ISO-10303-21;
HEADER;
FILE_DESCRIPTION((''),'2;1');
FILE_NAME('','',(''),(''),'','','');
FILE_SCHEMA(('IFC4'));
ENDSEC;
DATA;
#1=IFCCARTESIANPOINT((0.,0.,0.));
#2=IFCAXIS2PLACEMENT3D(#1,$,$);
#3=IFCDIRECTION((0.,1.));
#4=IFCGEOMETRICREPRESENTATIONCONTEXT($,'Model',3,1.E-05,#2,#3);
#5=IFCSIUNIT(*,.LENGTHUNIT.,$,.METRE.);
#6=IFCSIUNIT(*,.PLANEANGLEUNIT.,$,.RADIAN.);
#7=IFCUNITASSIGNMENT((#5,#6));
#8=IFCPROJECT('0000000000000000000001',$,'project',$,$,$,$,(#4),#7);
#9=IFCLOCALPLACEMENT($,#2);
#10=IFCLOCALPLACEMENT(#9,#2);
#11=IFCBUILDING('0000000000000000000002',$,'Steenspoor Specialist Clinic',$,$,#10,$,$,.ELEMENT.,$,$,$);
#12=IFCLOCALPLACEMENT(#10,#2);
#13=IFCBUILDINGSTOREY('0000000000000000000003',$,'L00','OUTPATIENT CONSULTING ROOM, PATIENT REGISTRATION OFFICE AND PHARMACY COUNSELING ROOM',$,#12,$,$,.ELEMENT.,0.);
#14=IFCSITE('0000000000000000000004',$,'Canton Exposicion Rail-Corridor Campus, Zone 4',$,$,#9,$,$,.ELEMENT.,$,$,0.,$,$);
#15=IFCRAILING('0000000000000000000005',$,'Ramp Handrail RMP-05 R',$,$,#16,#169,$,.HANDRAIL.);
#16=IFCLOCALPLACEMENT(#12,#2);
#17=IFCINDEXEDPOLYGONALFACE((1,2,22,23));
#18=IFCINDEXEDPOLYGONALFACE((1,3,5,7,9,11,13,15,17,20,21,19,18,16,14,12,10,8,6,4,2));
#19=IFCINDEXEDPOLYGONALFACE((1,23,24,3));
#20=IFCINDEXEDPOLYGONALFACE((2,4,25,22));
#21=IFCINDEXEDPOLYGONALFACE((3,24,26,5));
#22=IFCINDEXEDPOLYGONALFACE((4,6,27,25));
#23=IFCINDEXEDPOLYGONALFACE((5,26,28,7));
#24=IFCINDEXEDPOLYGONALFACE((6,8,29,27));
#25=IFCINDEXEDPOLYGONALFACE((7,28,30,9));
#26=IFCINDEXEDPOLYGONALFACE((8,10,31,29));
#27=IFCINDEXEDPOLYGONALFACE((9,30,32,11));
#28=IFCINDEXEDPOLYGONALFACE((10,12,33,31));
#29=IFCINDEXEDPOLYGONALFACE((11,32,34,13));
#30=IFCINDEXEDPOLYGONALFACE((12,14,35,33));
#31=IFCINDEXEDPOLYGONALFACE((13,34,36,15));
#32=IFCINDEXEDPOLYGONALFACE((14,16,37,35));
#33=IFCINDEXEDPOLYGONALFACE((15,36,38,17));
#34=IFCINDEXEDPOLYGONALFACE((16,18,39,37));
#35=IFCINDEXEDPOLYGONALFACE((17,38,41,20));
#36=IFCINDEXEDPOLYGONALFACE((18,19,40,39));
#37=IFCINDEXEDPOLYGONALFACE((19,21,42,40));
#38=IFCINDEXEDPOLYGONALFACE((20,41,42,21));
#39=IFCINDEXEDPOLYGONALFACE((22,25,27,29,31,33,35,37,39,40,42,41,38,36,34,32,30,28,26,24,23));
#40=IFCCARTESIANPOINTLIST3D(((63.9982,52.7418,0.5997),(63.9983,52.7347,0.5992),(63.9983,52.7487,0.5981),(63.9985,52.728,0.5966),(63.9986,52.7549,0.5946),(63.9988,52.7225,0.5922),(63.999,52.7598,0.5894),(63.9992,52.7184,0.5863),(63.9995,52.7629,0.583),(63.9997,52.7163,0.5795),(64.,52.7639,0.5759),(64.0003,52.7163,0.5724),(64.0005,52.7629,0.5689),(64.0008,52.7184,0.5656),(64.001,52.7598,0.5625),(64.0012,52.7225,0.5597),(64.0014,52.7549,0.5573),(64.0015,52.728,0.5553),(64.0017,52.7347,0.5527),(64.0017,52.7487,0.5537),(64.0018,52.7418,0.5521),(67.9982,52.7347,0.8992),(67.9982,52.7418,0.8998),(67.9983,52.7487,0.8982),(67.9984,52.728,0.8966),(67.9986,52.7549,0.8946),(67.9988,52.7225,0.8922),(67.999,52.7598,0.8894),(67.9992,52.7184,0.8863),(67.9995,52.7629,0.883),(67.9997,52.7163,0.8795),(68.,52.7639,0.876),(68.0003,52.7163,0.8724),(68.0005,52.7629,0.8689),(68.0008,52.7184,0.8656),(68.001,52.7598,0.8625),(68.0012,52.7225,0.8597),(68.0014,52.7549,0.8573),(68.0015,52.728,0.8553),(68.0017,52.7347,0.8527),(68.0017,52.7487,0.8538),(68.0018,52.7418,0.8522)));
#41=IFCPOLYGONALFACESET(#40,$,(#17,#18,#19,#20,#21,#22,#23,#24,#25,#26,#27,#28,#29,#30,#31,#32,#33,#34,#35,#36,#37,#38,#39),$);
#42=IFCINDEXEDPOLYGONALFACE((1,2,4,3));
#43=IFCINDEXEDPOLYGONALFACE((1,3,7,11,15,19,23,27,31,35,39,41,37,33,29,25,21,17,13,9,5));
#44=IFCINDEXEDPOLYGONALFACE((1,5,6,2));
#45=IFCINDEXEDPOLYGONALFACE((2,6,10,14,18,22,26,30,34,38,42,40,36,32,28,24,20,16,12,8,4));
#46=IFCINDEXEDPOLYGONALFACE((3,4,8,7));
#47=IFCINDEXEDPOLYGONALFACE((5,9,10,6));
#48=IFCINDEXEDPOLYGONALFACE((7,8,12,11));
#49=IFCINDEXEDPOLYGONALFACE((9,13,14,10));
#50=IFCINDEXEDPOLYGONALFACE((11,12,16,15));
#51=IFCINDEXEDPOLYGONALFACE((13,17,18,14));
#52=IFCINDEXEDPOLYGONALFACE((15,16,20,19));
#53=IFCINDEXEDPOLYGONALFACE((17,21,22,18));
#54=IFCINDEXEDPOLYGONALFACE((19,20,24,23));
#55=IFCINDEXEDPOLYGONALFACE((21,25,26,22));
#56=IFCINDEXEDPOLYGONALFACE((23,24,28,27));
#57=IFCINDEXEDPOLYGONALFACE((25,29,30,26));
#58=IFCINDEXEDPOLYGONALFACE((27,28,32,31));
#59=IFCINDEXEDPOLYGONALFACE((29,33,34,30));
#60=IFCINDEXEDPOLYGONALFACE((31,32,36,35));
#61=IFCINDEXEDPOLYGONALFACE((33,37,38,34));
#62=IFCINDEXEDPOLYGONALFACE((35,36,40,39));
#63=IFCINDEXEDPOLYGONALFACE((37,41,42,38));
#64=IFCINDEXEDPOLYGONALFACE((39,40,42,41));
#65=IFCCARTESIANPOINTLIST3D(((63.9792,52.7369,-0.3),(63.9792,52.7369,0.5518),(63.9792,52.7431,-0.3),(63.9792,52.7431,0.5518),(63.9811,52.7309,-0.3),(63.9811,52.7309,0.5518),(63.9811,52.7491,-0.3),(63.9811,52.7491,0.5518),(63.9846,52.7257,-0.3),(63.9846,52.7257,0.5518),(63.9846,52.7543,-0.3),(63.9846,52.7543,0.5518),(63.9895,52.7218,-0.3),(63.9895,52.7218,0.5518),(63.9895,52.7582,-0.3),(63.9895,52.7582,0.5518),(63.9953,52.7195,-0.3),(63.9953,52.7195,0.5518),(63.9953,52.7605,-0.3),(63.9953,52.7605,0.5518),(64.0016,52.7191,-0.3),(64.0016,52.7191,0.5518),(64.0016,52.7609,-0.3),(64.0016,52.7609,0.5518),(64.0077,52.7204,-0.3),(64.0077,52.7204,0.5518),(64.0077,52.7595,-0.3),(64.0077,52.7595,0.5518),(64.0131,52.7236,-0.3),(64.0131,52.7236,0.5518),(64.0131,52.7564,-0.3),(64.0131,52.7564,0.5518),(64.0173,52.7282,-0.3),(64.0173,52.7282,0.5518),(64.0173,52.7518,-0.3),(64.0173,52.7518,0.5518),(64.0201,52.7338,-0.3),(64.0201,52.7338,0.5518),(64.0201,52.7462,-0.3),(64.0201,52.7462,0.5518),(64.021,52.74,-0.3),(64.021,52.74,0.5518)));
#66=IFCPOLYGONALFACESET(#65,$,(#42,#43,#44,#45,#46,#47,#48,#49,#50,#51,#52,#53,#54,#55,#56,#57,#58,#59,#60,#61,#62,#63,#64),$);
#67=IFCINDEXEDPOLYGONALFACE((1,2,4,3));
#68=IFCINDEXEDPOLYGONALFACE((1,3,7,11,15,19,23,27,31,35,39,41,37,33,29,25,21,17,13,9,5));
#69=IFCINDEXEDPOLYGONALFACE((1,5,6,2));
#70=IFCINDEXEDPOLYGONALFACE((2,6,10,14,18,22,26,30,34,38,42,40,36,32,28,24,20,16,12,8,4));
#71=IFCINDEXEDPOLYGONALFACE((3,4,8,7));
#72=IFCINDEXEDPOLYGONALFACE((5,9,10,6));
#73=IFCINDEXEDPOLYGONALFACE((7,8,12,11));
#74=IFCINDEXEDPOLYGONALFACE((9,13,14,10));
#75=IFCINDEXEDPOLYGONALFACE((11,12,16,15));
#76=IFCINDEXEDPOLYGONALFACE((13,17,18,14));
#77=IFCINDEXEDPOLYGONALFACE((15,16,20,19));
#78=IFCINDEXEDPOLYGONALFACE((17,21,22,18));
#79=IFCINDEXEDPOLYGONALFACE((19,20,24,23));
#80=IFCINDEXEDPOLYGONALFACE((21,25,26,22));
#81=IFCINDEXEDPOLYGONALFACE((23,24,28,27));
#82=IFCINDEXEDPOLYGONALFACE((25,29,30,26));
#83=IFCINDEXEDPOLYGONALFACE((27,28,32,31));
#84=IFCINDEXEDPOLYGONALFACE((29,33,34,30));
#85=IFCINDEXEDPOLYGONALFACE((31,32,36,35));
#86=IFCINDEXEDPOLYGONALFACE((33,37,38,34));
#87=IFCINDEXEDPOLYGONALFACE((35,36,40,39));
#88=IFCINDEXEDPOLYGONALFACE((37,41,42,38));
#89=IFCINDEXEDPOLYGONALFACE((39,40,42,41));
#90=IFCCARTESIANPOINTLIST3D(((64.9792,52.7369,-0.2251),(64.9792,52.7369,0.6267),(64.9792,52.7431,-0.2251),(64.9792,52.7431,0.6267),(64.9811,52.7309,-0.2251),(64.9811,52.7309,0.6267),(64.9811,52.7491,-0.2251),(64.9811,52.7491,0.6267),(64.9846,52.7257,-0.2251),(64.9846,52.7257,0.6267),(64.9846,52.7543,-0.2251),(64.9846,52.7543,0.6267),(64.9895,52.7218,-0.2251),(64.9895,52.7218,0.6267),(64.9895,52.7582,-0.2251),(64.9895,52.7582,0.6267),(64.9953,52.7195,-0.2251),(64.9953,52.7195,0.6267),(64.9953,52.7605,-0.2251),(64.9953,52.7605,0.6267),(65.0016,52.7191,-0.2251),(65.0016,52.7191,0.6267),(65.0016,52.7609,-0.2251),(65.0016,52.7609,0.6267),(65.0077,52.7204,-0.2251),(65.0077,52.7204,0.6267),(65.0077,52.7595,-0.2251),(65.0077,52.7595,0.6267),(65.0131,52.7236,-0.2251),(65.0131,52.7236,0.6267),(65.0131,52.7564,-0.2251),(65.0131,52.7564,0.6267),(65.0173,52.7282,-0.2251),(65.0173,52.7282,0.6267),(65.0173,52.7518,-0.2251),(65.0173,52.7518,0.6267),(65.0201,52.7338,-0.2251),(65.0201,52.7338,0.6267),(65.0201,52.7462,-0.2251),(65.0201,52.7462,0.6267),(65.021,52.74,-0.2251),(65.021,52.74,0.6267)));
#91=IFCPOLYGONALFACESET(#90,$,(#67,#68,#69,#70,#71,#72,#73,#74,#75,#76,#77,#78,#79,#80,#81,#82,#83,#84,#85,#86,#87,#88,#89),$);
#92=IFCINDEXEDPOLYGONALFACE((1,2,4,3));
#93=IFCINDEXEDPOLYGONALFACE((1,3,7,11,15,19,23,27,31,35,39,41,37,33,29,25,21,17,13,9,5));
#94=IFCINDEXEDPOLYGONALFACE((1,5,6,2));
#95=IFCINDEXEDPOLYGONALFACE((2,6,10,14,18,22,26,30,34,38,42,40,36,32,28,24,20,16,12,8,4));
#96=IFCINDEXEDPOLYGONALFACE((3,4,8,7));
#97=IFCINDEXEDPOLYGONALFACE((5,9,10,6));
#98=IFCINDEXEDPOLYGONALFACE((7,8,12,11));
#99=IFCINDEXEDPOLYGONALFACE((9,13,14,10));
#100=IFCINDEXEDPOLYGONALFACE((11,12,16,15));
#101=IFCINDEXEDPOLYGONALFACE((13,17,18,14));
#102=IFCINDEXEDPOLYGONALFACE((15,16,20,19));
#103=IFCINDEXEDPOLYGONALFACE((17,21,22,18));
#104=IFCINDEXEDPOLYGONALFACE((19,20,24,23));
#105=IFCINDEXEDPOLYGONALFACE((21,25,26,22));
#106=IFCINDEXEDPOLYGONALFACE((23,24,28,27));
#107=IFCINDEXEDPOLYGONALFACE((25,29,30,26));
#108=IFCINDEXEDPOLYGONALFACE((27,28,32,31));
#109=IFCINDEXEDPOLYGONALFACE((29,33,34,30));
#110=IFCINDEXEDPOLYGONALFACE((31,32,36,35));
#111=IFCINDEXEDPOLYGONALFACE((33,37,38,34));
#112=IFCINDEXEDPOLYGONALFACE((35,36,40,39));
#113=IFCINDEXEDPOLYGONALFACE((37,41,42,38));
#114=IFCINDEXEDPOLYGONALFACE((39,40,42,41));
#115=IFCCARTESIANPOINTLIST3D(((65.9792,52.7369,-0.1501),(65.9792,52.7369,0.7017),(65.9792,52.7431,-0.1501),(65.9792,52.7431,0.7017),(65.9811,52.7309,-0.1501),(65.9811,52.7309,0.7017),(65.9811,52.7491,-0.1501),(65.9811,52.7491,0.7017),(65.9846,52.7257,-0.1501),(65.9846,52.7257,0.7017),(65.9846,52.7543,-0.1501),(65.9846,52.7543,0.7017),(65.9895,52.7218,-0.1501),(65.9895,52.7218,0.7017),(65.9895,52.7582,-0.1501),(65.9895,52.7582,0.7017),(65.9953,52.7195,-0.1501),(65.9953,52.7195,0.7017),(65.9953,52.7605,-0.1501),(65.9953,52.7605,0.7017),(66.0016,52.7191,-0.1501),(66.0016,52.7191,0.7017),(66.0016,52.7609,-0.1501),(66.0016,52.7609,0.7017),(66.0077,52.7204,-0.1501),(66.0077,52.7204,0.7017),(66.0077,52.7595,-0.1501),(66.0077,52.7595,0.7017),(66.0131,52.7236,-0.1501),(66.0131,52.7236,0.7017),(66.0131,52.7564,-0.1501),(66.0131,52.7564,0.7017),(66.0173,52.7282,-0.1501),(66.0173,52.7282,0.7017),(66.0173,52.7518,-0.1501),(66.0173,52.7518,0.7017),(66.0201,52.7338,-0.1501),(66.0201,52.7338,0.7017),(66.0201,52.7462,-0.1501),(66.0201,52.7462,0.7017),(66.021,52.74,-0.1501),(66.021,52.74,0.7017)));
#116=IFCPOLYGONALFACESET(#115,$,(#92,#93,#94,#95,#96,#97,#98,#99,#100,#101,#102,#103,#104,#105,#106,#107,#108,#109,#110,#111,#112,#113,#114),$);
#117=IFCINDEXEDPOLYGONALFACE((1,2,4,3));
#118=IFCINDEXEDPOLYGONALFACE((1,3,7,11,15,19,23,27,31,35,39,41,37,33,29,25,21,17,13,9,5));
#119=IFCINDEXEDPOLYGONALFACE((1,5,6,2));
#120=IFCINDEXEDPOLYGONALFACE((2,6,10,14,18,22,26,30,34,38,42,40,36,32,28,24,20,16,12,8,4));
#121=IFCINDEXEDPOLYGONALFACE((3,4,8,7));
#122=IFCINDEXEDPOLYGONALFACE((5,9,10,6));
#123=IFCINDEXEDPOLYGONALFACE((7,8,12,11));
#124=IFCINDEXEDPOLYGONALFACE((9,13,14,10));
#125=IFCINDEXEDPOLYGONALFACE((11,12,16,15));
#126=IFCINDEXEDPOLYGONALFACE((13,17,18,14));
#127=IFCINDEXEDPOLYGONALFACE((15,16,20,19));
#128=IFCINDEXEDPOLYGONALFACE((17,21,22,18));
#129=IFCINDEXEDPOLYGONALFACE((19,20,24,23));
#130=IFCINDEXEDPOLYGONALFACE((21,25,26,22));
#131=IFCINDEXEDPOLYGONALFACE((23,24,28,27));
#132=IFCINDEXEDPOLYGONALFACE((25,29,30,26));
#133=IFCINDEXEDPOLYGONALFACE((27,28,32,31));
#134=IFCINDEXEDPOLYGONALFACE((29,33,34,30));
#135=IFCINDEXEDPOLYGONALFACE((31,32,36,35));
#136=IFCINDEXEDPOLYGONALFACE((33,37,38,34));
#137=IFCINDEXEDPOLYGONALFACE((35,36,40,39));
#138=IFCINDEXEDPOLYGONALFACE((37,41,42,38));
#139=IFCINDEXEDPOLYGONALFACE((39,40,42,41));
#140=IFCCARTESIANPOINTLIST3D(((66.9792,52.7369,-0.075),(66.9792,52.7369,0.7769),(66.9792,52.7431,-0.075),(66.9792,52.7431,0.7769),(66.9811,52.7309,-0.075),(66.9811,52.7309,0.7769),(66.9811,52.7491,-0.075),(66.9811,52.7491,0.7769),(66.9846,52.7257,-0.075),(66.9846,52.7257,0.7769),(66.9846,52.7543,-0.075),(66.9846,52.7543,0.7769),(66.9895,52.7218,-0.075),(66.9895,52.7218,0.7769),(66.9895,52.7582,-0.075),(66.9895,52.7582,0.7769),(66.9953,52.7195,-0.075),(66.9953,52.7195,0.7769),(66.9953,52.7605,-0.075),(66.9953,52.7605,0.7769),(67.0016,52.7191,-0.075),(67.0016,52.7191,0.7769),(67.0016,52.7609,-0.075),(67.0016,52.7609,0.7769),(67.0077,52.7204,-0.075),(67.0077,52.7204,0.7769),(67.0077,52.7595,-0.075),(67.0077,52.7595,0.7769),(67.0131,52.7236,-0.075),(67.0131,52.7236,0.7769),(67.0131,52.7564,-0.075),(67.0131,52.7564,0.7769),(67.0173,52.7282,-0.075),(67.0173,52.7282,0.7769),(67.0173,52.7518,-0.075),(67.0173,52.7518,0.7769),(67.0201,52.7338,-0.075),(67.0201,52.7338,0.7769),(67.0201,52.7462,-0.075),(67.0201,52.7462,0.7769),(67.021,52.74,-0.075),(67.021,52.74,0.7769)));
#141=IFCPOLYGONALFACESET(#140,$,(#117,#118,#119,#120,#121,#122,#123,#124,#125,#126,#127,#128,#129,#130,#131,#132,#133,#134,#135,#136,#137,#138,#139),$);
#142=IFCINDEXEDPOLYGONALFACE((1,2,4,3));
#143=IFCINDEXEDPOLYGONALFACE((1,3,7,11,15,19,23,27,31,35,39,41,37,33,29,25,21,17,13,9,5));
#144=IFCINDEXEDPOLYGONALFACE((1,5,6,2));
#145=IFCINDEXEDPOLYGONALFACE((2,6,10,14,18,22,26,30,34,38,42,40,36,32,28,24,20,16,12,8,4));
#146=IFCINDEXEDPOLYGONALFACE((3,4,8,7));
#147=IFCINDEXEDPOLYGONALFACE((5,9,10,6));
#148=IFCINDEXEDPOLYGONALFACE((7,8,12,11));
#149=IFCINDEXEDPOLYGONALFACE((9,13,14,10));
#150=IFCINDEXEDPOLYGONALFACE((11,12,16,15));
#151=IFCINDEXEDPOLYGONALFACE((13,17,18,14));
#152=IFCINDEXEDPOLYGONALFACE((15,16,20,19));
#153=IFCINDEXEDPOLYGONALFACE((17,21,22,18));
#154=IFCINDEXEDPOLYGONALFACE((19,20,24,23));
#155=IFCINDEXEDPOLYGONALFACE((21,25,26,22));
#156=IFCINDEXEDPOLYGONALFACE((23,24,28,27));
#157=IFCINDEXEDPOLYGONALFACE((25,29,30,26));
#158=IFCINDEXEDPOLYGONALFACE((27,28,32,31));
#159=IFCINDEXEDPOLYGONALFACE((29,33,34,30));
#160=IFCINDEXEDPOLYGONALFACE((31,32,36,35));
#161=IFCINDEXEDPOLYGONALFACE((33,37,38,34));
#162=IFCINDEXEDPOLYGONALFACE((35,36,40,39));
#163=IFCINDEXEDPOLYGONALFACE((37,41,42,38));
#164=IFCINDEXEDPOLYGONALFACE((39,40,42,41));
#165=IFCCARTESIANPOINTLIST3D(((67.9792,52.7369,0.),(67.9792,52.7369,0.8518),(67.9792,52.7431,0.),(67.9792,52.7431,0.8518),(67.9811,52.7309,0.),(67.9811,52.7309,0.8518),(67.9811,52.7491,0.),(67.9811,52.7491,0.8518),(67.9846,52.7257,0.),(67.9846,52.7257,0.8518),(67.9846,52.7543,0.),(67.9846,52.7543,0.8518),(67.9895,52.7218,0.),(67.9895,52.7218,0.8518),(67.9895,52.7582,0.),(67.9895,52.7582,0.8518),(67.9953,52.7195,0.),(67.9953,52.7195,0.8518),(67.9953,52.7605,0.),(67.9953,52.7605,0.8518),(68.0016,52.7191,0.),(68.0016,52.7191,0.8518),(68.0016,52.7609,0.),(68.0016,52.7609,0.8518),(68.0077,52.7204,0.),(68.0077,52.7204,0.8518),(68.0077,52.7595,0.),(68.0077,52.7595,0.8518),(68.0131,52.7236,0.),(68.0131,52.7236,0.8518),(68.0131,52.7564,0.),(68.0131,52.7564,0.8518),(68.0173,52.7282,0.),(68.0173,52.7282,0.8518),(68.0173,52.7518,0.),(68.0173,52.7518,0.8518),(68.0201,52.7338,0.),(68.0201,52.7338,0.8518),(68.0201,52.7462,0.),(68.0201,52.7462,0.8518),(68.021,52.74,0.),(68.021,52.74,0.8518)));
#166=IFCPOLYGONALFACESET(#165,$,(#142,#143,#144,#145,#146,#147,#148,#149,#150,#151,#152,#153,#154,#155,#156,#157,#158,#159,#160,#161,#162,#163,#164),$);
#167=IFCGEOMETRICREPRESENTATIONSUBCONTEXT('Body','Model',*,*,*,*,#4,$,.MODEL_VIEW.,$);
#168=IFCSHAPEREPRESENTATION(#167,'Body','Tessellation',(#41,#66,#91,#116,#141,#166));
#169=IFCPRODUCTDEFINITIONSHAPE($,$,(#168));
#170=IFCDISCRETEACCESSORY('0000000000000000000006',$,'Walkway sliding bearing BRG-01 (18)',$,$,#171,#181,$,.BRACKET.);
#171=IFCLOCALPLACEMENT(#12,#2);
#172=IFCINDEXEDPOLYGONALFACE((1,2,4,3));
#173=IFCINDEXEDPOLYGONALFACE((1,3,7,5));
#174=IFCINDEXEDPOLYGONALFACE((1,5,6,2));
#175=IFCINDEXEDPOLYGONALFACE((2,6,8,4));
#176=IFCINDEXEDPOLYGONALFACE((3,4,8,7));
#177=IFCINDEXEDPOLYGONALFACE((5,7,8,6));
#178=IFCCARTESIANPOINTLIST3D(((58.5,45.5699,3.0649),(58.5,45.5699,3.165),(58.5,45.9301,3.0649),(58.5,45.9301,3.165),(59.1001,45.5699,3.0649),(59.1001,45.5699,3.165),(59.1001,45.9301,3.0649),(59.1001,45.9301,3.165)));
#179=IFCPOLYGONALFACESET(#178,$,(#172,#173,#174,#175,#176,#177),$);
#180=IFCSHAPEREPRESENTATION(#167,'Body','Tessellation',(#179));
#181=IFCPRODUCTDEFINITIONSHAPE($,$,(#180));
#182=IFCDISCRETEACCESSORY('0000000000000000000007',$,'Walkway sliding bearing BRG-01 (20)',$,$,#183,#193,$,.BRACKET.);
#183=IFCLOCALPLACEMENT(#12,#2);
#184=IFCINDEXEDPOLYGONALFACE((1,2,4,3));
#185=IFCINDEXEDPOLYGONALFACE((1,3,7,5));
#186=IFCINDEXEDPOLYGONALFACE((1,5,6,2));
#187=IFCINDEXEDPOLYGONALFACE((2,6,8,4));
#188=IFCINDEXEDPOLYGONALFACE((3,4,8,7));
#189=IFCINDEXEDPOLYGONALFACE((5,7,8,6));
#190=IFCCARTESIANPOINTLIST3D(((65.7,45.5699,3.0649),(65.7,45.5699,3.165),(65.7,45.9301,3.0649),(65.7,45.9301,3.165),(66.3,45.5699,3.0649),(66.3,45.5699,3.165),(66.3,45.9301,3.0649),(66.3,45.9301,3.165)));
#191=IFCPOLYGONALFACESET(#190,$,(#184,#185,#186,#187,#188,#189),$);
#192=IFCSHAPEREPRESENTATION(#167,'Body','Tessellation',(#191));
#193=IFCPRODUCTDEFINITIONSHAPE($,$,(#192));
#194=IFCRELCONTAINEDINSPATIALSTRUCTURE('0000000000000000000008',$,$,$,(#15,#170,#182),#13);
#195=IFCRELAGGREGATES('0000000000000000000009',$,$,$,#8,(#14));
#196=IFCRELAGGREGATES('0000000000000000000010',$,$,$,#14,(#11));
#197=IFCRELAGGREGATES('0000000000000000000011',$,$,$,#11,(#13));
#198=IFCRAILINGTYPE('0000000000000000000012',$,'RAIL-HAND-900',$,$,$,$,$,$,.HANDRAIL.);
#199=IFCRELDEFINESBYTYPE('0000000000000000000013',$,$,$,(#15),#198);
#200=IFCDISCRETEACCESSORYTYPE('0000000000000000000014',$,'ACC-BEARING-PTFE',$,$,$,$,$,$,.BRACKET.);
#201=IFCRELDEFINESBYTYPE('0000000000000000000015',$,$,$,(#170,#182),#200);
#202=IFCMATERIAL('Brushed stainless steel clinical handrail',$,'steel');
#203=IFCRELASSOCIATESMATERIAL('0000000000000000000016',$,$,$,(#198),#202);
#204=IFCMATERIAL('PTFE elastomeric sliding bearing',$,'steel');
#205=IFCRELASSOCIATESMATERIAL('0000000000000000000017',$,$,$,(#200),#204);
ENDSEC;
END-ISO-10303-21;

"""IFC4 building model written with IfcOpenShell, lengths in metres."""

from ifc_helpers import new_model, si_unit, direction, frame, origin, origin_2d, place, context, subcontext, project, spatial, rectangle, circle, extrude, material, type_object, element, save


model = new_model("IFC4")

# Units and contexts
model_context = context("Model", 3, precision=1e-05, world=origin(), true_north=direction((0.0, 1.0)))
body_context = subcontext(model_context, "Body", "Model", "MODEL_VIEW")
ifc_project = project(units=[si_unit("LENGTHUNIT", "METRE"), si_unit("PLANEANGLEUNIT", "RADIAN")], contexts=[model_context])

# Site, building, storey
site_placement = place(None, origin())
site = spatial("IfcSite", under=ifc_project, at=site_placement, Name="Canton Exposicion Rail-Corridor Campus, Zone 4", CompositionType="ELEMENT", RefElevation=0.0)
building_placement = place(site_placement, origin())
building = spatial("IfcBuilding", under=site, at=building_placement, Name="Steenspoor Specialist Clinic", CompositionType="ELEMENT")
storey_placement = place(building_placement, origin())
storey = spatial("IfcBuildingStorey", under=building, at=storey_placement, Name="L00", Description="OUTPATIENT CONSULTING ROOM, PATIENT REGISTRATION OFFICE AND PHARMACY COUNSELING ROOM", CompositionType="ELEMENT", Elevation=0.0)

# Railing
ifc_material_1 = material(Name="Brushed stainless steel clinical handrail", Category="steel")
railing_type = type_object("IfcRailingType", Name="RAIL-HAND-900", PredefinedType="HANDRAIL", material=ifc_material_1)
for number, where, name in (
    (1, (64.0, 52.74, -0.3), "Ramp Handrail RMP-05 R"),
):
    element("IfcRailing", number, at=place(storey_placement, frame(where)), inside=storey, type_object=railing_type, Name=name, PredefinedType="HANDRAIL", context=body_context, shape_type="SweptSolid", body=[
        extrude(circle(Radius=0.0239, at=origin_2d()), frame((0.0, 0.0, 0.876), z_axis=(0.997198, 0.0, 0.074802), x_axis=(0.0, 1.0, 0.0)), (0.0, 0.0, 1.0), 4.0112),
        extrude(circle(Radius=0.021, at=origin_2d()), origin(), (0.0, 0.0, 1.0), 0.8518),
        extrude(circle(Radius=0.021, at=origin_2d()), frame((1.0, 0.0, 0.075)), (0.0, 0.0, 1.0), 0.8518),
        extrude(circle(Radius=0.021, at=origin_2d()), frame((2.0, 0.0, 0.1499)), (0.0, 0.0, 1.0), 0.8518),
        extrude(circle(Radius=0.021, at=origin_2d()), frame((3.0, 0.0, 0.2251)), (0.0, 0.0, 1.0), 0.8518),
        extrude(circle(Radius=0.021, at=origin_2d()), frame((4.0, 0.0, 0.3)), (0.0, 0.0, 1.0), 0.8518),
    ])

# Discrete accessories
ifc_material_2 = material(Name="PTFE elastomeric sliding bearing", Category="steel")
discrete_accessory_type = type_object("IfcDiscreteAccessoryType", Name="ACC-BEARING-PTFE", PredefinedType="BRACKET", material=ifc_material_2)
for number, where, z_axis, x_axis, name in (
    (2, (58.8, 45.75, 3.0649), (0.0, 0.0, 1.0), (1.0, 0.0, 0.0), "Walkway sliding bearing BRG-01 (18)"),
    (3, (66.0, 45.75, 3.0649), (0.0, 0.0, 1.0), (1.0, 0.0, 0.0), "Walkway sliding bearing BRG-01 (20)"),
):
    element("IfcDiscreteAccessory", number, at=place(storey_placement, frame(where, z_axis=z_axis, x_axis=x_axis)), inside=storey, type_object=discrete_accessory_type, Name=name, PredefinedType="BRACKET", context=body_context, shape_type="SweptSolid", body=[
        extrude(rectangle(XDim=0.6001, YDim=0.3601, at=origin_2d()), origin(), (0.0, 0.0, 1.0), 0.1001),
    ])

save(model, "model.ifc")
